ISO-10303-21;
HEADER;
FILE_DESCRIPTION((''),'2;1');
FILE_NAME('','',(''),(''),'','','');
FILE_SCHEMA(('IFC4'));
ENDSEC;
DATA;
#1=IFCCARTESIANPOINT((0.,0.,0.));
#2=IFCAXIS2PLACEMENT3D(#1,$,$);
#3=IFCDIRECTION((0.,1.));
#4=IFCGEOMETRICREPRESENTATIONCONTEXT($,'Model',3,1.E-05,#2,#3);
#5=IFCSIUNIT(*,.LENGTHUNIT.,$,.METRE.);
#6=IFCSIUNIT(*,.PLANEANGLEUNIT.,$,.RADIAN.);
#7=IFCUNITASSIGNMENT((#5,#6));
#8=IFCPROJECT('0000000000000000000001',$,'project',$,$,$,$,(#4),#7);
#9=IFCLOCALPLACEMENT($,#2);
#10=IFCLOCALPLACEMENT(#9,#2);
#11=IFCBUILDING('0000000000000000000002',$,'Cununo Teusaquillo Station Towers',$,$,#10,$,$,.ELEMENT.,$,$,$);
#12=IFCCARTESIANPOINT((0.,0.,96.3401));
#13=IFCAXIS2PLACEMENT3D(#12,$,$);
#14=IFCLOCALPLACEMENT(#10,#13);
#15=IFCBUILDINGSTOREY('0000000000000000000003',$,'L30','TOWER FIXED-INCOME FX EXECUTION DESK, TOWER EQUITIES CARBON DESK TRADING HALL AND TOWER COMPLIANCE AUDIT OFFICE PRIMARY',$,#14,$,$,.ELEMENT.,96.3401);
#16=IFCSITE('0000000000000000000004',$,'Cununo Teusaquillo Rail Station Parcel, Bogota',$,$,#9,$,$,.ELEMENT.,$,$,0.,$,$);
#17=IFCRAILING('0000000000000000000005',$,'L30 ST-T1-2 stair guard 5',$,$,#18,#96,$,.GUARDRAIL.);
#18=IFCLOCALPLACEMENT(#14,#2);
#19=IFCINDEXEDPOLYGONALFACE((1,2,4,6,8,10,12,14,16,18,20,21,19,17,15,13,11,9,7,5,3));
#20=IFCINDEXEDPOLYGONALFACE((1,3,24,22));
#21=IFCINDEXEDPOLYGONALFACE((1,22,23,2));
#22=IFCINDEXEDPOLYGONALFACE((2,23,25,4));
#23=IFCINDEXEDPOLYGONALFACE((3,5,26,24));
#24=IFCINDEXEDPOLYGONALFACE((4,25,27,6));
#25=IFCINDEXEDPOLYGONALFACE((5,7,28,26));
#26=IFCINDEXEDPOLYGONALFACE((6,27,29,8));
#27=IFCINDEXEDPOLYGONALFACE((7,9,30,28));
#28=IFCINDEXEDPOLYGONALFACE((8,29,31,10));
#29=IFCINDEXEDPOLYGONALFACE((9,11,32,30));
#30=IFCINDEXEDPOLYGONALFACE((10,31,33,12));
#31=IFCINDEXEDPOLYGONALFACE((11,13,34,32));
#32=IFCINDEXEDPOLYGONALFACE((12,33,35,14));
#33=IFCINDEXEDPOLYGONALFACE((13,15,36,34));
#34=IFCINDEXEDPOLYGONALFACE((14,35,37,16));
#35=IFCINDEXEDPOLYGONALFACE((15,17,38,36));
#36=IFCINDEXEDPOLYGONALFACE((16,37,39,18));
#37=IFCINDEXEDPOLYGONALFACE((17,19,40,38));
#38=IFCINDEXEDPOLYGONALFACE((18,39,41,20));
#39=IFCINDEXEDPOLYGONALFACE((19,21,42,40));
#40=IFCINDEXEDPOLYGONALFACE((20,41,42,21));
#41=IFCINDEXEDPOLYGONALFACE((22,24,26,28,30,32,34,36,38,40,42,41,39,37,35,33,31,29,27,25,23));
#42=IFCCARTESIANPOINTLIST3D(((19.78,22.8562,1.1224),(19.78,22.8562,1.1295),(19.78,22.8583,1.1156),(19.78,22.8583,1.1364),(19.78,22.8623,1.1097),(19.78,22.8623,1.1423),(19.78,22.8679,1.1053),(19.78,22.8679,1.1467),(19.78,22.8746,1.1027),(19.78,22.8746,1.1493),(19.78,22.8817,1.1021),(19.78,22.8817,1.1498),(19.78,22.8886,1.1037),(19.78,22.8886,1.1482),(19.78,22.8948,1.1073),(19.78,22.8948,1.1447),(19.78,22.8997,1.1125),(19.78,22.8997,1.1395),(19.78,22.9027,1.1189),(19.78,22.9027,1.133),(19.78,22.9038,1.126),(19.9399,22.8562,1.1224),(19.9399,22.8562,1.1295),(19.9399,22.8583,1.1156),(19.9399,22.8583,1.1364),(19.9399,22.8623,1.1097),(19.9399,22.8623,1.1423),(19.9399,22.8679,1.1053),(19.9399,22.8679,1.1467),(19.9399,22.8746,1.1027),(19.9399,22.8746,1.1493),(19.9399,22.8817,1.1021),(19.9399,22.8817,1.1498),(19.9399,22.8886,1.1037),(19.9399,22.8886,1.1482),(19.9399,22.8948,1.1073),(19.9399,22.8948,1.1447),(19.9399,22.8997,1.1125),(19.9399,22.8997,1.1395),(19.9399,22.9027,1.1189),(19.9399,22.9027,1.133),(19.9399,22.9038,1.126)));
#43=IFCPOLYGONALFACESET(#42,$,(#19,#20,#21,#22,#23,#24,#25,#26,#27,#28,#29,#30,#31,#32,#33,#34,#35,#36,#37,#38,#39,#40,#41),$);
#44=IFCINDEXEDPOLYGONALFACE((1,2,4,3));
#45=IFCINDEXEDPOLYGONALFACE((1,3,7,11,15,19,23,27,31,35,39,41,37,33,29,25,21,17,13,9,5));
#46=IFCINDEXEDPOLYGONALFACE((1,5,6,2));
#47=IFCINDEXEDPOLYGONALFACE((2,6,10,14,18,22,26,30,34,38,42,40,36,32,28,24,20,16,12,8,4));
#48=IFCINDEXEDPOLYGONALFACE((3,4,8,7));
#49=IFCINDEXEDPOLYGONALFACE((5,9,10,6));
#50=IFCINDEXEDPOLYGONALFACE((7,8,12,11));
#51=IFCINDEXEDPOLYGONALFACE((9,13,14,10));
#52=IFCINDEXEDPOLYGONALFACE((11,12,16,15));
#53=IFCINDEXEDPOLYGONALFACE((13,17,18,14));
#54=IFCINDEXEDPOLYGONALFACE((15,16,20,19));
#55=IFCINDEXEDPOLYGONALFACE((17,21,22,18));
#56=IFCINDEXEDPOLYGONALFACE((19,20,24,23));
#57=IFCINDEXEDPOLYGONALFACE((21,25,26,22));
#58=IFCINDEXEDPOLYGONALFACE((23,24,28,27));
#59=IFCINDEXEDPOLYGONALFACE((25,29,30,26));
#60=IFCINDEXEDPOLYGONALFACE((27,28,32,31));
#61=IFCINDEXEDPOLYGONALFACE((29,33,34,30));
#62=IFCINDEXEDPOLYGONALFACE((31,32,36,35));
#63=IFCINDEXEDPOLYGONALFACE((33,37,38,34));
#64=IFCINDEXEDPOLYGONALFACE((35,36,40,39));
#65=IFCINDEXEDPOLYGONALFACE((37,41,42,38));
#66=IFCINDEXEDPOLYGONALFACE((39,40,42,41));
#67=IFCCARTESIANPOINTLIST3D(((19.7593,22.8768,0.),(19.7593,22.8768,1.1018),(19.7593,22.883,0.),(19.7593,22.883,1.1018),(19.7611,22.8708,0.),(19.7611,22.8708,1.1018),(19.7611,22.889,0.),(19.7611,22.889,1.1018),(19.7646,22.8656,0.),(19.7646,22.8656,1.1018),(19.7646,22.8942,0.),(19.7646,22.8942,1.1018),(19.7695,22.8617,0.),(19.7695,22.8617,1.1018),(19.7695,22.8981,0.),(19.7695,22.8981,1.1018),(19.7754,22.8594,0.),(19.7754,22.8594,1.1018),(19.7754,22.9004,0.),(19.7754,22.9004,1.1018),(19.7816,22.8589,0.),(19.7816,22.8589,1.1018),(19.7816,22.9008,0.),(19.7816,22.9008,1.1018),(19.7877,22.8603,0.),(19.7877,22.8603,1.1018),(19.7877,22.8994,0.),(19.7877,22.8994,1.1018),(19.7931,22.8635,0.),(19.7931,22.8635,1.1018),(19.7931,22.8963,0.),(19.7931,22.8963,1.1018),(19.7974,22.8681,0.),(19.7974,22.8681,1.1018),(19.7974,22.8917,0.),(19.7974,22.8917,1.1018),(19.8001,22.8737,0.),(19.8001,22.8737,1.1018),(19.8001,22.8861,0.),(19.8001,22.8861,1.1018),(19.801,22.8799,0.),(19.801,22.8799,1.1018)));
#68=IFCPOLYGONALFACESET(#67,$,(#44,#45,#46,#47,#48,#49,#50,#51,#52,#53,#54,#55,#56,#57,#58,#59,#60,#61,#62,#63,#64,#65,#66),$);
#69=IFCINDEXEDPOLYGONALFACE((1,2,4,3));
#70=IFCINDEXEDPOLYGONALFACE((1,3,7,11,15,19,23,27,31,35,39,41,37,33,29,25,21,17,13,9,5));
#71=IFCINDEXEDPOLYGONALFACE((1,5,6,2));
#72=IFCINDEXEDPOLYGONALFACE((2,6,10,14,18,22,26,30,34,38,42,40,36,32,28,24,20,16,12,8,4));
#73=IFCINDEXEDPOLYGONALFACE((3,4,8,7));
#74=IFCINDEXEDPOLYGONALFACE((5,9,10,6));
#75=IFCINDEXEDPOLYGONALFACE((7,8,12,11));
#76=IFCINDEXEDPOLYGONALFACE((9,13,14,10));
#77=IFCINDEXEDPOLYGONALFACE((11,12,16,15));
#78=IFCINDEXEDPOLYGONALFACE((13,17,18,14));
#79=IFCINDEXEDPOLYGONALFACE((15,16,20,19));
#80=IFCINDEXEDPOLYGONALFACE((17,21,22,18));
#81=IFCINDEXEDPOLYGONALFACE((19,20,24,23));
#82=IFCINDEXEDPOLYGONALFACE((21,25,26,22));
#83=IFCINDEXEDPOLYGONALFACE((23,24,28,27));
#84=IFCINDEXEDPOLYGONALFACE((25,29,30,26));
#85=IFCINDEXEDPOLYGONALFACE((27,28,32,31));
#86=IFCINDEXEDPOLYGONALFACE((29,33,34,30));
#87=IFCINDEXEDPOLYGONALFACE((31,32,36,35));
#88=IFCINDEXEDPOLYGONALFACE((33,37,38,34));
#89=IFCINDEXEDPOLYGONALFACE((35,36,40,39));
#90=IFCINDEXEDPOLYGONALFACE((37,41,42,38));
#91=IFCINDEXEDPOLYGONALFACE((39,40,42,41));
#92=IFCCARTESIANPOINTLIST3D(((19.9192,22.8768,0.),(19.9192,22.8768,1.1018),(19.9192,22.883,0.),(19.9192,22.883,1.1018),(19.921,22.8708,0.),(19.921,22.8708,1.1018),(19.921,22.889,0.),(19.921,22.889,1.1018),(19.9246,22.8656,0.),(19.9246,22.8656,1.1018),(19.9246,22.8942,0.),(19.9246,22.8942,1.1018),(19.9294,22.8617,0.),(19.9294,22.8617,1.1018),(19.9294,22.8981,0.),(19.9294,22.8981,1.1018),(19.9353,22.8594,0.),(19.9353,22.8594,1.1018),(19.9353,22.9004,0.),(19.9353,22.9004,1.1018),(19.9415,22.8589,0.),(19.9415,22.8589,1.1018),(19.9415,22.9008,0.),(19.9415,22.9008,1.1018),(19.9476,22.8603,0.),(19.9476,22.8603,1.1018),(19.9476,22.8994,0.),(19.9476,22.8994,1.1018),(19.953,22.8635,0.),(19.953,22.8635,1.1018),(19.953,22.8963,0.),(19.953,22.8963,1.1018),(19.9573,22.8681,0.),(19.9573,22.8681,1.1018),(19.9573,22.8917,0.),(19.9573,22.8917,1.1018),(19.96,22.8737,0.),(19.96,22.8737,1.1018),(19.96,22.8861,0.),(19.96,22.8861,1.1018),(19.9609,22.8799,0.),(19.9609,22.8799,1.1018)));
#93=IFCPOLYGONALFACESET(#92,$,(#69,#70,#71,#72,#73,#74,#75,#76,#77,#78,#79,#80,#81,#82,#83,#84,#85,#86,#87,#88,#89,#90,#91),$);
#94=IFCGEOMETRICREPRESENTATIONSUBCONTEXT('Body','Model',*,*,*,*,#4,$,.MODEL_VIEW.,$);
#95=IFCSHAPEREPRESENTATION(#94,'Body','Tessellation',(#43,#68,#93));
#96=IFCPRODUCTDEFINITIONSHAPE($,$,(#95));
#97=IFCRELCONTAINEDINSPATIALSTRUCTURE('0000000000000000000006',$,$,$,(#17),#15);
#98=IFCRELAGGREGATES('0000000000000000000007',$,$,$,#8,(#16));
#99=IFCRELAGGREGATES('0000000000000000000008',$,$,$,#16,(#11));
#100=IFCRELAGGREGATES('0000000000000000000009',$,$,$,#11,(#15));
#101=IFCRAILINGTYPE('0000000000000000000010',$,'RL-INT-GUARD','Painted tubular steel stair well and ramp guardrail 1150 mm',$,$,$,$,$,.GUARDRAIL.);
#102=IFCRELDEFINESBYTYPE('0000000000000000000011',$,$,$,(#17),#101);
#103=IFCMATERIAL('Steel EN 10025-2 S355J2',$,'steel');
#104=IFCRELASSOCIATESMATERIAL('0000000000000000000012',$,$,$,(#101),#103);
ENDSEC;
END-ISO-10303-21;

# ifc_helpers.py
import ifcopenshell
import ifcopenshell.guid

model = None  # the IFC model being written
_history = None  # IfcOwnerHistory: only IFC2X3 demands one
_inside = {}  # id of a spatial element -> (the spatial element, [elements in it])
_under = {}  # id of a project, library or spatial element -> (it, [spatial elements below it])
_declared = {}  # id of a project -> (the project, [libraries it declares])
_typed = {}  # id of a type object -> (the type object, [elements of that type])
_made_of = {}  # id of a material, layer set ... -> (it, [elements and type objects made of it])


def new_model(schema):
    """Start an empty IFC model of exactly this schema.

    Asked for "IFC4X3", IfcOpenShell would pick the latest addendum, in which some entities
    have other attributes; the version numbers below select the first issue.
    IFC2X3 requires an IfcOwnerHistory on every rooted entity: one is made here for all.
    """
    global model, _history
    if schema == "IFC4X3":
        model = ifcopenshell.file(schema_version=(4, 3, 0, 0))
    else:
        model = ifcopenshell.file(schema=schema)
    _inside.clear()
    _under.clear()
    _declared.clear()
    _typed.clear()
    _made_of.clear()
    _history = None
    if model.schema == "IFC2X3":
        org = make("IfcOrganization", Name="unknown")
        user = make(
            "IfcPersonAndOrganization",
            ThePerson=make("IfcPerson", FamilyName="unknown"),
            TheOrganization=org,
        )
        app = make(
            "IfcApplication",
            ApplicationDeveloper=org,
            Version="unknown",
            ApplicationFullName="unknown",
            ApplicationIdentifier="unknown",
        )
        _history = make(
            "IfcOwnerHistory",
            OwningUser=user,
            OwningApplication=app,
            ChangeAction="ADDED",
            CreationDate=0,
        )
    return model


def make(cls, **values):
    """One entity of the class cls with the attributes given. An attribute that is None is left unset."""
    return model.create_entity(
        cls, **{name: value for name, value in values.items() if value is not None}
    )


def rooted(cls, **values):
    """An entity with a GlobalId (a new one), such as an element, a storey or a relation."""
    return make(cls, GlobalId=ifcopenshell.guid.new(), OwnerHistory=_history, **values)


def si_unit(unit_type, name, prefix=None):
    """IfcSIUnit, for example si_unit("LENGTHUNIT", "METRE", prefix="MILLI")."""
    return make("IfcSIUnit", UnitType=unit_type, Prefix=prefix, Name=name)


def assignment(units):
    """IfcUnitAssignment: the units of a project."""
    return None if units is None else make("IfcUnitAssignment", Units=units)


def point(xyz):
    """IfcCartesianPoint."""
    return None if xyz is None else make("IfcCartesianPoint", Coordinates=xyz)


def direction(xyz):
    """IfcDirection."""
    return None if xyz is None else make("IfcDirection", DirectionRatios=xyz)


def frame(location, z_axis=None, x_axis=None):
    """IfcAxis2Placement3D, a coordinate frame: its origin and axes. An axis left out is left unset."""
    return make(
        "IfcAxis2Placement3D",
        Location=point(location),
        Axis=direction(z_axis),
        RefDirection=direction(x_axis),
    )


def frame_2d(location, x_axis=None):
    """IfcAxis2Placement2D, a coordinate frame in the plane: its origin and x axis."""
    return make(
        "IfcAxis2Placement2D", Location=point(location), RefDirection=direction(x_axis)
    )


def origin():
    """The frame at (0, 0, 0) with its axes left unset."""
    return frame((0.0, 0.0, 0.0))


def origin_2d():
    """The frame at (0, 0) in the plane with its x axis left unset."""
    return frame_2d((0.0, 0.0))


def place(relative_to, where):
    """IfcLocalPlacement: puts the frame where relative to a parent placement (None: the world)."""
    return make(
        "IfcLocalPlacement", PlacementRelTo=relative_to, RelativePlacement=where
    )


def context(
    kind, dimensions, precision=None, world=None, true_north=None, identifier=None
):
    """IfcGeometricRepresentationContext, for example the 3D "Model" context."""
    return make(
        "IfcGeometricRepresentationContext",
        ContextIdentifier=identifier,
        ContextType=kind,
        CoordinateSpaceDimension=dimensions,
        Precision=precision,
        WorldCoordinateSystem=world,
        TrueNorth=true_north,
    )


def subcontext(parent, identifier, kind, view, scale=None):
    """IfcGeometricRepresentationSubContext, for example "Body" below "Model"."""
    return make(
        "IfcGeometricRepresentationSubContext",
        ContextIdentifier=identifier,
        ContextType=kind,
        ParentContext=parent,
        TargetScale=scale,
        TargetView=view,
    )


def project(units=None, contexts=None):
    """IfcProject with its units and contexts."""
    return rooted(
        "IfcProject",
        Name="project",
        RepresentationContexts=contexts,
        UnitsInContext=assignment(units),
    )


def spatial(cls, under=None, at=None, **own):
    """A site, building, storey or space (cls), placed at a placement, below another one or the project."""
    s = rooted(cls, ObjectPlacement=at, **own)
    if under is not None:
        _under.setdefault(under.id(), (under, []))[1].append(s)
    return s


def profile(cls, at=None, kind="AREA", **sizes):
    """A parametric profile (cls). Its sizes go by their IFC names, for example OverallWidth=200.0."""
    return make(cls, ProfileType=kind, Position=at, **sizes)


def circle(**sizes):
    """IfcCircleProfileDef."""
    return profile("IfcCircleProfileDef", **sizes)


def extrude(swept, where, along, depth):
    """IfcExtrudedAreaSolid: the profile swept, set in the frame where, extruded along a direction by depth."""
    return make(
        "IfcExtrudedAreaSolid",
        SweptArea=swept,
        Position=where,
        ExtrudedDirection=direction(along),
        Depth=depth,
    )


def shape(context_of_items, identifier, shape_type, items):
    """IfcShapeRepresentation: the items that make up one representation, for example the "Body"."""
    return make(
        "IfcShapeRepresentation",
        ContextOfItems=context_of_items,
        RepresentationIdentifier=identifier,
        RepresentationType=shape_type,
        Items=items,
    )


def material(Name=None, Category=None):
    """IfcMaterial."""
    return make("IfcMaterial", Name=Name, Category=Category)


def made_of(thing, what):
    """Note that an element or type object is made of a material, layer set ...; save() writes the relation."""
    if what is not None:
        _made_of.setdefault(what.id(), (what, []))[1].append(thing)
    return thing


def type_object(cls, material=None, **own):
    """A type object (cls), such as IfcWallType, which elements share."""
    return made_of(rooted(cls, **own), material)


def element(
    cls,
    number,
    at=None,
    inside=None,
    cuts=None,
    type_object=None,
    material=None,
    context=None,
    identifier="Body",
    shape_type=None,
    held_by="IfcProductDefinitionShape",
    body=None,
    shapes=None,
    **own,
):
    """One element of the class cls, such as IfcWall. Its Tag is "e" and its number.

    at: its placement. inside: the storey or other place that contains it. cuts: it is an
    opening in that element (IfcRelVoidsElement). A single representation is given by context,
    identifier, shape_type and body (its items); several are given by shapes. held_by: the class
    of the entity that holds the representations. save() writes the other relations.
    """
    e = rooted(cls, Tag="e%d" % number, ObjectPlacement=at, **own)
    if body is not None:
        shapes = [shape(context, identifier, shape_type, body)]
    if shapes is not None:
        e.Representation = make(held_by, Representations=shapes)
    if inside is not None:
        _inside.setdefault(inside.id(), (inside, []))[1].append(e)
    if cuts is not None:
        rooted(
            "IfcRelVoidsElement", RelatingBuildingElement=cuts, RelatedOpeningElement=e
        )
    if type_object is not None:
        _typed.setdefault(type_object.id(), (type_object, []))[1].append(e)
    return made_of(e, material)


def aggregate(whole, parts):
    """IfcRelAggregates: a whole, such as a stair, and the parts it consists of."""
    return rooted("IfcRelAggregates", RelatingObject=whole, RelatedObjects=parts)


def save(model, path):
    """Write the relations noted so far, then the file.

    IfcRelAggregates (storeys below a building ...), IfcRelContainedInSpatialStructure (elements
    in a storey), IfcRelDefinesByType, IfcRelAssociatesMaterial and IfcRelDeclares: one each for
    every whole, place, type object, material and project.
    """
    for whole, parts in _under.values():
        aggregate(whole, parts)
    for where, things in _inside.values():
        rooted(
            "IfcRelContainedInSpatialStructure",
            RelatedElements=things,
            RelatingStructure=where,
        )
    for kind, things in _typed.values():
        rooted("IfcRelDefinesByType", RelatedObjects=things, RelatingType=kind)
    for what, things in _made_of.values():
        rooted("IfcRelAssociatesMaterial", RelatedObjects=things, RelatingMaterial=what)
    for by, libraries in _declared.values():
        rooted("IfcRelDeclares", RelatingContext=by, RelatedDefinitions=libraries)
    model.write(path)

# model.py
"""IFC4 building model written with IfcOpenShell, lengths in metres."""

from ifc_helpers import new_model, si_unit, direction, frame, origin, origin_2d, place, context, subcontext, project, spatial, circle, extrude, material, type_object, element, save


model = new_model("IFC4")

# Units and contexts
model_context = context("Model", 3, precision=1e-05, world=origin(), true_north=direction((0.0, 1.0)))
body_context = subcontext(model_context, "Body", "Model", "MODEL_VIEW")
ifc_project = project(units=[si_unit("LENGTHUNIT", "METRE"), si_unit("PLANEANGLEUNIT", "RADIAN")], contexts=[model_context])

# Site, building, storey
site_placement = place(None, origin())
site = spatial("IfcSite", under=ifc_project, at=site_placement, Name="Cununo Teusaquillo Rail Station Parcel, Bogota", CompositionType="ELEMENT", RefElevation=0.0)
building_placement = place(site_placement, origin())
building = spatial("IfcBuilding", under=site, at=building_placement, Name="Cununo Teusaquillo Station Towers", CompositionType="ELEMENT")
storey_placement = place(building_placement, frame((0.0, 0.0, 96.3401)))
storey = spatial("IfcBuildingStorey", under=building, at=storey_placement, Name="L30", Description="TOWER FIXED-INCOME FX EXECUTION DESK, TOWER EQUITIES CARBON DESK TRADING HALL AND TOWER COMPLIANCE AUDIT OFFICE PRIMARY", CompositionType="ELEMENT", Elevation=96.3401)

# Railing
ifc_material_1 = material(Name="Steel EN 10025-2 S355J2", Category="steel")
railing_type_1 = type_object("IfcRailingType", Name="RL-INT-GUARD", Description="Painted tubular steel stair well and ramp guardrail 1150 mm", PredefinedType="GUARDRAIL", material=ifc_material_1)
railing_1_placement = place(storey_placement, frame((19.78, 22.8799, 0.0)))
element("IfcRailing", 1, at=railing_1_placement, inside=storey, type_object=railing_type_1, Name="L30 ST-T1-2 stair guard 5", PredefinedType="GUARDRAIL", context=body_context, shape_type="SweptSolid", body=[
    extrude(circle(Radius=0.0239, at=origin_2d()), frame((0.0, 0.0, 1.126), z_axis=(1.0, 0.0, 0.0), x_axis=(0.0, 1.0, 0.0)), (0.0, 0.0, 1.0), 0.1599),
    extrude(circle(Radius=0.021, at=origin_2d()), origin(), (0.0, 0.0, 1.0), 1.1018),
    extrude(circle(Radius=0.021, at=origin_2d()), frame((0.1599, 0.0, 0.0)), (0.0, 0.0, 1.0), 1.1018),
])

save(model, "model.ifc")
